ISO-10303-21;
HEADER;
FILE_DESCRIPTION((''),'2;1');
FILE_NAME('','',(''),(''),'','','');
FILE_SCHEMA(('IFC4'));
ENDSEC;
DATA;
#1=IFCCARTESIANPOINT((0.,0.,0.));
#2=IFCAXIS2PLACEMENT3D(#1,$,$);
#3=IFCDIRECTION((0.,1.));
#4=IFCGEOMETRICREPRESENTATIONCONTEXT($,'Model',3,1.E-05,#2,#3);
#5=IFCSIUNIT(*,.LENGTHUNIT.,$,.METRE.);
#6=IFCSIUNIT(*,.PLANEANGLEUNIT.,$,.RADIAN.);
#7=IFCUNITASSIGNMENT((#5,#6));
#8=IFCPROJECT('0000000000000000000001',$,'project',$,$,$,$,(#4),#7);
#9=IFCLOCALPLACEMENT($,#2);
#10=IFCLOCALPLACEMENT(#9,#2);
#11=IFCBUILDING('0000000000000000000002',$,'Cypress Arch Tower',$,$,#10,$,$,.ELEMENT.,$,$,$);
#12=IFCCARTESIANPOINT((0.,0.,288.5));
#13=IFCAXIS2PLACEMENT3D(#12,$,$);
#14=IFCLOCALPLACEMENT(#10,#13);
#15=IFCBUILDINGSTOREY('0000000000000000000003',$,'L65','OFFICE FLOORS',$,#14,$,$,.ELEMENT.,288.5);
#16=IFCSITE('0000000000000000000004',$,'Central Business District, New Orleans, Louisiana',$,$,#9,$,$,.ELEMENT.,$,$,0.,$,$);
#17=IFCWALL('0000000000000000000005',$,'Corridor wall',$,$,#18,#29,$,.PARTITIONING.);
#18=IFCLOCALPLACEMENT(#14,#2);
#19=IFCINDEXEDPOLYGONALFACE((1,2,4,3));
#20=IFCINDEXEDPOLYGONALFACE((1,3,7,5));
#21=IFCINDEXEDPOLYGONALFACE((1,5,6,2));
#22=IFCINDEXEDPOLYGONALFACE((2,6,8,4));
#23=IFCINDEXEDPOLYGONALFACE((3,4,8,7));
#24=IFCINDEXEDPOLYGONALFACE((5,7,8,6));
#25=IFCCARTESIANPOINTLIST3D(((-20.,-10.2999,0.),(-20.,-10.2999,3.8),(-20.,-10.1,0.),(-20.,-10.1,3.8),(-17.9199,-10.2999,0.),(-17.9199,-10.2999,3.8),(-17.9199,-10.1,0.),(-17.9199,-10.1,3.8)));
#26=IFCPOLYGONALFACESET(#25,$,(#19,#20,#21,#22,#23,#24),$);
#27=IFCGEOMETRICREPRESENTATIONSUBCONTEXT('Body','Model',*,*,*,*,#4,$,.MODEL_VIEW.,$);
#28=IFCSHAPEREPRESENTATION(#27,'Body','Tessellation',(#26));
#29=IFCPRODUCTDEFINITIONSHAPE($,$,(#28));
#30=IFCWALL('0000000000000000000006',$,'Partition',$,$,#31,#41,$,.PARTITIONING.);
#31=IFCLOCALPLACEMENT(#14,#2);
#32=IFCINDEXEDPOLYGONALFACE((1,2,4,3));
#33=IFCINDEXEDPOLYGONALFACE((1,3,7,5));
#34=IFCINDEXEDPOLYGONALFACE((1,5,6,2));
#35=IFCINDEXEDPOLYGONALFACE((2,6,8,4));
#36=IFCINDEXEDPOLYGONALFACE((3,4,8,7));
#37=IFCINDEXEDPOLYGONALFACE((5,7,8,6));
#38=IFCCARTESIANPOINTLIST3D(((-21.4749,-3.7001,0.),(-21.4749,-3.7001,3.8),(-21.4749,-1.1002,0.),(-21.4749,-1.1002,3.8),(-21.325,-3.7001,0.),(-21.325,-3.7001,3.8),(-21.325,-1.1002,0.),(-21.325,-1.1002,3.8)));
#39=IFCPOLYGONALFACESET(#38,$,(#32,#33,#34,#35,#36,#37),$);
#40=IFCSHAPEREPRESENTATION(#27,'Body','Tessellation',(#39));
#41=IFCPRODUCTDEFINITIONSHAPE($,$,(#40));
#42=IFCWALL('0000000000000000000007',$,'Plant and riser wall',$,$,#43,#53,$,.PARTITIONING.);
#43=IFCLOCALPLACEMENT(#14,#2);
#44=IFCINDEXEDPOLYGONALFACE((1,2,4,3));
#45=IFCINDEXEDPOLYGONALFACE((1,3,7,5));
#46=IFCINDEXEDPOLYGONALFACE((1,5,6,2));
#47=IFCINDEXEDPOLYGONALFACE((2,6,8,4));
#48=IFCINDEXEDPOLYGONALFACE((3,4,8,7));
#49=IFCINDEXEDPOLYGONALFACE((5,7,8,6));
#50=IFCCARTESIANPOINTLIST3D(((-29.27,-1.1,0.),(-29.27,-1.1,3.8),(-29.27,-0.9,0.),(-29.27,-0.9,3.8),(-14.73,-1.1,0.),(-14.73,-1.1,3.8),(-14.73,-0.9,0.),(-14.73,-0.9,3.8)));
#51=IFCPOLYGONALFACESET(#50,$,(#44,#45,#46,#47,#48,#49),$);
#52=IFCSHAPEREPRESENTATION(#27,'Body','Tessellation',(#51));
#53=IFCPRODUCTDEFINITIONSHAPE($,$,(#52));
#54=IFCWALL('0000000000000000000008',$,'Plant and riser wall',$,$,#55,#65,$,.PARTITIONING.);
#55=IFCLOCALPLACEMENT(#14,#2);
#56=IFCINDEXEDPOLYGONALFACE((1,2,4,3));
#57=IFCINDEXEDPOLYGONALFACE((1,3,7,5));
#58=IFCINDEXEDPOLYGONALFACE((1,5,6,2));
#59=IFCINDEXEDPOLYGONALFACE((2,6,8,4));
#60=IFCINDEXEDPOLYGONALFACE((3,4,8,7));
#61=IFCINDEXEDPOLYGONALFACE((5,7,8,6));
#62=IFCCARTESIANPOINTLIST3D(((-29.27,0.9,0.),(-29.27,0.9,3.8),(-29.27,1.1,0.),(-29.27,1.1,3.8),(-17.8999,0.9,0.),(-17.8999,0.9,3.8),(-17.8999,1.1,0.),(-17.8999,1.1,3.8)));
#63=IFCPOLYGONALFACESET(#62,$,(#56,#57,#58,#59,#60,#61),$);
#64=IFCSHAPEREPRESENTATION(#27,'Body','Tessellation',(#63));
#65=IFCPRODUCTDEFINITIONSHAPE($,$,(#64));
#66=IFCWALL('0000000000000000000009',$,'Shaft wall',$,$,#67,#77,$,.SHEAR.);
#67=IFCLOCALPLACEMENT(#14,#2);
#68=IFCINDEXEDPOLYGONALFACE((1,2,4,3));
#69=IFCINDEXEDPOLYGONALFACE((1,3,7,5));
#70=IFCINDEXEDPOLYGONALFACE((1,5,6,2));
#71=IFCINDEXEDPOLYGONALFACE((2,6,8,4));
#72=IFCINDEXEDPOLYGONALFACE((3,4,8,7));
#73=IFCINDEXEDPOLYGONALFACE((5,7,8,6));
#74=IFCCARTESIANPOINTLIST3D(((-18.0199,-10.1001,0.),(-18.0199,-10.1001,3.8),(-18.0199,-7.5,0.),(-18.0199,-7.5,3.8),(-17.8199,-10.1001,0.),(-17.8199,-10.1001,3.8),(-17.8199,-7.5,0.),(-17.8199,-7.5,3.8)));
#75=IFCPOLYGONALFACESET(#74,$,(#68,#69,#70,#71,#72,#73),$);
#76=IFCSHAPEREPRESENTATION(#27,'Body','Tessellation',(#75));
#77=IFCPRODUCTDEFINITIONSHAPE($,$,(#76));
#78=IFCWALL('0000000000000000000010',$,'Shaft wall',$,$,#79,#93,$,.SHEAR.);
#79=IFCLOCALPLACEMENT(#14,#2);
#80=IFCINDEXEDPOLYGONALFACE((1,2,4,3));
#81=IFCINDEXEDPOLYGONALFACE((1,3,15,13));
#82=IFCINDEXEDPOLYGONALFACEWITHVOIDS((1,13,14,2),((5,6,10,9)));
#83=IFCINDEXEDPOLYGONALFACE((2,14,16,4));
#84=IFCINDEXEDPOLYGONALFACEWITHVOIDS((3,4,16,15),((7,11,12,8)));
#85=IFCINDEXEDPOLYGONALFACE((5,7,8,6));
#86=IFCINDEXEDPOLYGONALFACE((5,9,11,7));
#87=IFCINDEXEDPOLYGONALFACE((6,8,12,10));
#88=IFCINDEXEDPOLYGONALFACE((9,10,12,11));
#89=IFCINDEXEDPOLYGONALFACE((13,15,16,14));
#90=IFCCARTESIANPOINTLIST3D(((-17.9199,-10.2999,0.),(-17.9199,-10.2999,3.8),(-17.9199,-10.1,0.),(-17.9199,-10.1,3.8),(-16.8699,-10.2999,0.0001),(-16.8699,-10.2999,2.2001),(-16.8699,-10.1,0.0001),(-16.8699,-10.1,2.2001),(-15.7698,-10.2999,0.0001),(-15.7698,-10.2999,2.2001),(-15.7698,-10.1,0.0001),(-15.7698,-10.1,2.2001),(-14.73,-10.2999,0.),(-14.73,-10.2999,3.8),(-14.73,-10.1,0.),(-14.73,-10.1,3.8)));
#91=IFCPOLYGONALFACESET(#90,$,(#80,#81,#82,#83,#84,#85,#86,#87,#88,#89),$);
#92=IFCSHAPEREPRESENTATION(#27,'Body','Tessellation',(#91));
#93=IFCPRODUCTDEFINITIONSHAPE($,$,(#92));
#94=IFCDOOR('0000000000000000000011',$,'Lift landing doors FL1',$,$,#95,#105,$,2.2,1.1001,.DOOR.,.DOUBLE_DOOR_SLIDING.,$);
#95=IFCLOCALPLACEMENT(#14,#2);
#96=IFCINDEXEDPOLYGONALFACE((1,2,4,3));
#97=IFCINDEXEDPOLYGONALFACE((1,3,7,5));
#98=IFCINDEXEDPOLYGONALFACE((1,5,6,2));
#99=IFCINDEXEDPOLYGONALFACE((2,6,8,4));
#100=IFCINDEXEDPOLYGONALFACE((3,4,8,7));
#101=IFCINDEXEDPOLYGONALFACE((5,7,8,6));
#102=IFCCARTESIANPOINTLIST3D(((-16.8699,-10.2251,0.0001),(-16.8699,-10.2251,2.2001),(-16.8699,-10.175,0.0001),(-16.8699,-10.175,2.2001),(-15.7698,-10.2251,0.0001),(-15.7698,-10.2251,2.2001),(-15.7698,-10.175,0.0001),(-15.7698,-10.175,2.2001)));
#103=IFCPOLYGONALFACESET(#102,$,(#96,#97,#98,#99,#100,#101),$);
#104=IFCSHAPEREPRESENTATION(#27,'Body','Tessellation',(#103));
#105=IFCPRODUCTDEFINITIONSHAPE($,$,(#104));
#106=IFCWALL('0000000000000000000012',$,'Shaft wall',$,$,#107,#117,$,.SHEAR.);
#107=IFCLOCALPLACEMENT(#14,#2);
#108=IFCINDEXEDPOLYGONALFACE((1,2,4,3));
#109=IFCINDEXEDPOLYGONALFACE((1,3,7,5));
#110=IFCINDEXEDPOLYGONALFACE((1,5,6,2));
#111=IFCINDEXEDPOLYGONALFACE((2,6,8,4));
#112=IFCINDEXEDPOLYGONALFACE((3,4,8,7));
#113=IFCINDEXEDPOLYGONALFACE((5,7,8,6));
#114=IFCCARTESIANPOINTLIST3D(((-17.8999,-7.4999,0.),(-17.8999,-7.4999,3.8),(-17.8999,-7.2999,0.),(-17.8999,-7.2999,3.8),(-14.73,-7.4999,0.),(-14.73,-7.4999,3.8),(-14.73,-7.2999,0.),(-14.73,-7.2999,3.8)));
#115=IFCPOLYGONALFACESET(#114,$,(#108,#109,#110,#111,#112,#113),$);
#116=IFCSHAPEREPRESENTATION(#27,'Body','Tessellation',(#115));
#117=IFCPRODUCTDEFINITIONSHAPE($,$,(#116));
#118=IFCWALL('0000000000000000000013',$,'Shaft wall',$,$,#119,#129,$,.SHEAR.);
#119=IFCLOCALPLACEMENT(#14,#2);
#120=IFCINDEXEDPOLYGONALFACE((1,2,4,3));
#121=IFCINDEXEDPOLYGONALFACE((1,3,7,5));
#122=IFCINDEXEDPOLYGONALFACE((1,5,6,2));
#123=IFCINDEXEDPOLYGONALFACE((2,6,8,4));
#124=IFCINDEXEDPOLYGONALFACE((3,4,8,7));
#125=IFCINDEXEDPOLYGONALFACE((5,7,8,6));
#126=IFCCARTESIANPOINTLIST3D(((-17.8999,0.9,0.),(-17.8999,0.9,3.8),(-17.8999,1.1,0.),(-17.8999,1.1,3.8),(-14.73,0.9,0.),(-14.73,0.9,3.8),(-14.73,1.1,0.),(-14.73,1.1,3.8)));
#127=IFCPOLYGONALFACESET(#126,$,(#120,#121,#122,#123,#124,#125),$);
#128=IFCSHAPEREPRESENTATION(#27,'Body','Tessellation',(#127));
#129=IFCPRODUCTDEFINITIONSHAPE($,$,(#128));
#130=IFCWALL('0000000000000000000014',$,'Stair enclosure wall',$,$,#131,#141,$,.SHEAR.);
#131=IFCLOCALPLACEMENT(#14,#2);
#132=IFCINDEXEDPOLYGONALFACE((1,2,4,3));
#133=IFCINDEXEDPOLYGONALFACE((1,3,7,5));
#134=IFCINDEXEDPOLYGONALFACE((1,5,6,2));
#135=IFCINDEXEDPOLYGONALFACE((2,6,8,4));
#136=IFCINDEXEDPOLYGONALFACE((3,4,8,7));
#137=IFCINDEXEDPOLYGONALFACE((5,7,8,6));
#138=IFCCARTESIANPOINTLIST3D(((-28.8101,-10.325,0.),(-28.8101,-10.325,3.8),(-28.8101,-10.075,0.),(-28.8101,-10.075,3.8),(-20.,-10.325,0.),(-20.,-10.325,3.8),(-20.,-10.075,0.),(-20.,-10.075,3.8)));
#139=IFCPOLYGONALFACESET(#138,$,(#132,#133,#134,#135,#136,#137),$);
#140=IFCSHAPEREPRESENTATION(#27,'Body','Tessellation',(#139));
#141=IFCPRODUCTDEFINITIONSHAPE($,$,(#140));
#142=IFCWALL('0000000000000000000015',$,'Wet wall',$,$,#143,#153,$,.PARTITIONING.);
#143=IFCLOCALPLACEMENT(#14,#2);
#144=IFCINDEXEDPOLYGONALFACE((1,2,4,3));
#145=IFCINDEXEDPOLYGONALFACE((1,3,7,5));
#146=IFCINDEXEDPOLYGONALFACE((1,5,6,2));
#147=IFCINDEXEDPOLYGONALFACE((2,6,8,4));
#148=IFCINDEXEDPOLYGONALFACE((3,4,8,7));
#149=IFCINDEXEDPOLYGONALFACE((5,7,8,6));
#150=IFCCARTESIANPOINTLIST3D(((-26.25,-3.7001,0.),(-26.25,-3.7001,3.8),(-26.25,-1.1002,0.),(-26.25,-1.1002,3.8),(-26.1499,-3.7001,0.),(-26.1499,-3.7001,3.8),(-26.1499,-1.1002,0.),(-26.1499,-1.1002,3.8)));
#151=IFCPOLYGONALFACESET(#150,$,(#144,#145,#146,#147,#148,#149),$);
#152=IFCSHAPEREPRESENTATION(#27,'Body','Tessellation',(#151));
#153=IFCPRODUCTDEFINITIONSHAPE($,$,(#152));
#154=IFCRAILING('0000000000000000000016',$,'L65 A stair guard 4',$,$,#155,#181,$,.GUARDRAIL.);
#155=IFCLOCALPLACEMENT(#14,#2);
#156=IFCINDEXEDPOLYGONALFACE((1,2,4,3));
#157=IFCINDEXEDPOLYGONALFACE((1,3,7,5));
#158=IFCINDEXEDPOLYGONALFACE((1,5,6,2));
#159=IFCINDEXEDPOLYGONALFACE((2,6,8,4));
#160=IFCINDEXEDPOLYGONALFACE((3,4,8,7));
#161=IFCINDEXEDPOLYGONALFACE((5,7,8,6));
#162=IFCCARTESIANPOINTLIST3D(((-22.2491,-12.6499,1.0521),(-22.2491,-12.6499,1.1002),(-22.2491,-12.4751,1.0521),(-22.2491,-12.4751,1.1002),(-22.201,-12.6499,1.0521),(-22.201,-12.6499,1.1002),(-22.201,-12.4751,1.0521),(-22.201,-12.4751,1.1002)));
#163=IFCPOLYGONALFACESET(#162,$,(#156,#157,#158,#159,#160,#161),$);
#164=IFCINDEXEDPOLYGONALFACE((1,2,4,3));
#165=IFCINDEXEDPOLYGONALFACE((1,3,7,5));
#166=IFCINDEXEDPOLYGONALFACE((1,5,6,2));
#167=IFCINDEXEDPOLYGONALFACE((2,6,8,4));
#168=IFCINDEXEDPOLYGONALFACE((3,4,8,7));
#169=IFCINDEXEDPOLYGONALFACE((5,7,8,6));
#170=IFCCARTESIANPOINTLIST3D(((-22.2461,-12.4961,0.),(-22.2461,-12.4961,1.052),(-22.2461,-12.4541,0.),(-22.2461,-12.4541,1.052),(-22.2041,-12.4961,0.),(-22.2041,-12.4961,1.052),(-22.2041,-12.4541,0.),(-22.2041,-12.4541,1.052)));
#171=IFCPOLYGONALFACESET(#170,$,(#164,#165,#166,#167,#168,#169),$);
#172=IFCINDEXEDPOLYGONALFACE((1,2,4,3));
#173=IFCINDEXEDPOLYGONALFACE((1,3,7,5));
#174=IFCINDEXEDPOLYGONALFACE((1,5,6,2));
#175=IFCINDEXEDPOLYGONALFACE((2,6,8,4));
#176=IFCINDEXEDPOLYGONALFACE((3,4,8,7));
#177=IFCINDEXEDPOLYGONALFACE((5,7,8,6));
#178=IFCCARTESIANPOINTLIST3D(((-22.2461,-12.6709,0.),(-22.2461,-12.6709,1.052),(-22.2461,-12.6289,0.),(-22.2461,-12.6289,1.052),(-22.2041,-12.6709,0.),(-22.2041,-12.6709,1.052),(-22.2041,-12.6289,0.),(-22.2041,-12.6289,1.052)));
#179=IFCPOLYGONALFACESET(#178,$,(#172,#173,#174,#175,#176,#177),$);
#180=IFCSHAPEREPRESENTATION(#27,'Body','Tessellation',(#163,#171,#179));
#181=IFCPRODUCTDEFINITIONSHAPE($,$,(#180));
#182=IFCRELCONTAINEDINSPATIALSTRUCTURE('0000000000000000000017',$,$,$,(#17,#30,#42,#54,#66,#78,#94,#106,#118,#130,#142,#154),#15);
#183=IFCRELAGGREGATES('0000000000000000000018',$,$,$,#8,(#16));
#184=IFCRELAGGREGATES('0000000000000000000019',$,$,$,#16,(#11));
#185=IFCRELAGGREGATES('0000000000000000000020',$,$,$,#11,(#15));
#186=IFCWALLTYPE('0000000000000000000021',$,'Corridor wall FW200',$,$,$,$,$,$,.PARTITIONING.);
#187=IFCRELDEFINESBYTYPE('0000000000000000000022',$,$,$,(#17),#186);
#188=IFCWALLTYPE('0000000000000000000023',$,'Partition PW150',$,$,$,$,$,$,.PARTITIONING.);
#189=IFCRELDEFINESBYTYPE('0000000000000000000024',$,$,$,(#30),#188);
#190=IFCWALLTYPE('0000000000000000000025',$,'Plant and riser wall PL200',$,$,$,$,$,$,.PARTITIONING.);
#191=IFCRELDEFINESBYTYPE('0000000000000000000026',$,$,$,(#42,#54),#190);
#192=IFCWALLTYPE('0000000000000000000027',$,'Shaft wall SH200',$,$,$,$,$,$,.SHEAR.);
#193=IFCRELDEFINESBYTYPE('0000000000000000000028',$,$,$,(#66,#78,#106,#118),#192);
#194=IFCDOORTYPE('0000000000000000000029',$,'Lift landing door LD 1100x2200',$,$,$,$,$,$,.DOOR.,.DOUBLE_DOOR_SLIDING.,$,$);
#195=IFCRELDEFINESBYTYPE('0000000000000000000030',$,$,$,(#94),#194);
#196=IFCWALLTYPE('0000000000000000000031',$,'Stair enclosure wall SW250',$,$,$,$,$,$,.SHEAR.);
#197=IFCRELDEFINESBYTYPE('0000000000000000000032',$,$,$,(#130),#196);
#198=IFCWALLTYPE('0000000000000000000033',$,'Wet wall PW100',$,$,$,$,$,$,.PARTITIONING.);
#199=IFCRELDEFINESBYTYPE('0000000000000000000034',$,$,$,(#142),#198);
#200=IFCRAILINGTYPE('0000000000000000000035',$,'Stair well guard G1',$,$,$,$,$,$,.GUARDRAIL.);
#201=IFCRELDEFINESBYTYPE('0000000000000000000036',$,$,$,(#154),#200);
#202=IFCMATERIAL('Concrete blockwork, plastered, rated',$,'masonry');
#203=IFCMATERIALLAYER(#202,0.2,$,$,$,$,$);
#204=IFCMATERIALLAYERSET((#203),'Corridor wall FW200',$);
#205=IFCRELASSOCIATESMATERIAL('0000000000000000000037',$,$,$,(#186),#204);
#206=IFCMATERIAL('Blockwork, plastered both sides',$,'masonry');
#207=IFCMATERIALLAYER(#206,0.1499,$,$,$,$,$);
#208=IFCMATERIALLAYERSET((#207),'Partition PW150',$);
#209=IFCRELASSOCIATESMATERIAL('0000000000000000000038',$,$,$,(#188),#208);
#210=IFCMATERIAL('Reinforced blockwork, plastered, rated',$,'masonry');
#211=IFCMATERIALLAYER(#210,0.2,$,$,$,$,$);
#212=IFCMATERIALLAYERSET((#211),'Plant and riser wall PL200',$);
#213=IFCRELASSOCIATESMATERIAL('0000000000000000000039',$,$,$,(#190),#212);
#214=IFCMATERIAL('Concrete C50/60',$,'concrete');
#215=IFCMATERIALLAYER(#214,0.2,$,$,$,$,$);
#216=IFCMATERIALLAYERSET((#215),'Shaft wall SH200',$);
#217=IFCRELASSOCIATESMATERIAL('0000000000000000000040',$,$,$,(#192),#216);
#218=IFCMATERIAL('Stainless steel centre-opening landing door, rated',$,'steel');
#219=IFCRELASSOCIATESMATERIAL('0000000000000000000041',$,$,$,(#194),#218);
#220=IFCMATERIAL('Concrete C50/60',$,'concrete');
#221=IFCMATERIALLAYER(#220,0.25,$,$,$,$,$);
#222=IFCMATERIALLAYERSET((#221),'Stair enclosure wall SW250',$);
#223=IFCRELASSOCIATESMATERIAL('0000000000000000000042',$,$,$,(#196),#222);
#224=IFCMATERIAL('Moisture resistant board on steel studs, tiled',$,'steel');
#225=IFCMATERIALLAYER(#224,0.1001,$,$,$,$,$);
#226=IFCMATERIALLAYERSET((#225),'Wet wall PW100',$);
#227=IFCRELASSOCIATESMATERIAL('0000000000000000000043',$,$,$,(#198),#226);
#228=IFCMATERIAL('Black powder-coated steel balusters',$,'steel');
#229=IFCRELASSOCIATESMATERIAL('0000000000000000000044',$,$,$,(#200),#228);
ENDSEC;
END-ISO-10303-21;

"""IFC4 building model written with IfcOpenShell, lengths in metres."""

from ifc_helpers import new_model, si_unit, direction, frame, frame_2d, origin, origin_2d, place, context, subcontext, project, spatial, rectangle, extrude, material, layer, layer_set, type_object, element, fill, save


model = new_model("IFC4")

# Units and contexts
model_context = context("Model", 3, precision=1e-05, world=origin(), true_north=direction((0.0, 1.0)))
body_context = subcontext(model_context, "Body", "Model", "MODEL_VIEW")
ifc_project = project(units=[si_unit("LENGTHUNIT", "METRE"), si_unit("PLANEANGLEUNIT", "RADIAN")], contexts=[model_context])

# Site, building, storey
site_placement = place(None, origin())
site = spatial("IfcSite", under=ifc_project, at=site_placement, Name="Central Business District, New Orleans, Louisiana", CompositionType="ELEMENT", RefElevation=0.0)
building_placement = place(site_placement, origin())
building = spatial("IfcBuilding", under=site, at=building_placement, Name="Cypress Arch Tower", CompositionType="ELEMENT")
storey_placement = place(building_placement, frame((0.0, 0.0, 288.5)))
storey = spatial("IfcBuildingStorey", under=building, at=storey_placement, Name="L65", Description="OFFICE FLOORS", CompositionType="ELEMENT", Elevation=288.5)

# Shared definitions
ifc_material_1 = material(Name="Concrete blockwork, plastered, rated", Category="masonry")
ifc_layer_1 = layer(ifc_material_1, 0.2)
ifc_layer_set_1 = layer_set([ifc_layer_1], Name="Corridor wall FW200")
wall_type_1 = type_object("IfcWallType", Name="Corridor wall FW200", PredefinedType="PARTITIONING", material=ifc_layer_set_1)

# Walls
wall_1_placement = place(storey_placement, frame((-20.0, -10.2, 0.0), z_axis=(0.0, 0.0, 1.0), x_axis=(1.0, 0.0, 0.0)))
element("IfcWall", 1, at=wall_1_placement, inside=storey, type_object=wall_type_1, Name="Corridor wall", PredefinedType="PARTITIONING", context=body_context, shape_type="SweptSolid", body=[
    extrude(rectangle(XDim=2.0801, YDim=0.2, at=frame_2d((1.04, 0.0))), origin(), (0.0, 0.0, 1.0), 3.8),
])
ifc_material_2 = material(Name="Blockwork, plastered both sides", Category="masonry")
ifc_layer_2 = layer(ifc_material_2, 0.1499)
ifc_layer_set_2 = layer_set([ifc_layer_2], Name="Partition PW150")
wall_type_2 = type_object("IfcWallType", Name="Partition PW150", PredefinedType="PARTITIONING", material=ifc_layer_set_2)
wall_2_placement = place(storey_placement, frame((-21.3999, -3.7, 0.0), z_axis=(0.0, 0.0, 1.0), x_axis=(0.0, 1.0, 0.0)))
element("IfcWall", 2, at=wall_2_placement, inside=storey, type_object=wall_type_2, Name="Partition", PredefinedType="PARTITIONING", context=body_context, shape_type="SweptSolid", body=[
    extrude(rectangle(XDim=2.5999, YDim=0.1499, at=frame_2d((1.2998, 0.0))), origin(), (0.0, 0.0, 1.0), 3.8),
])
ifc_material_3 = material(Name="Reinforced blockwork, plastered, rated", Category="masonry")
ifc_layer_3 = layer(ifc_material_3, 0.2)
ifc_layer_set_3 = layer_set([ifc_layer_3], Name="Plant and riser wall PL200")
wall_type_3 = type_object("IfcWallType", Name="Plant and riser wall PL200", PredefinedType="PARTITIONING", material=ifc_layer_set_3)
wall_3_placement = place(storey_placement, frame((-29.27, -1.0, 0.0), z_axis=(0.0, 0.0, 1.0), x_axis=(1.0, 0.0, 0.0)))
element("IfcWall", 3, at=wall_3_placement, inside=storey, type_object=wall_type_3, Name="Plant and riser wall", PredefinedType="PARTITIONING", context=body_context, shape_type="SweptSolid", body=[
    extrude(rectangle(XDim=14.54, YDim=0.2, at=frame_2d((7.27, 0.0))), origin(), (0.0, 0.0, 1.0), 3.8),
])
wall_4_placement = place(storey_placement, frame((-29.27, 1.0, 0.0), z_axis=(0.0, 0.0, 1.0), x_axis=(1.0, 0.0, 0.0)))
element("IfcWall", 4, at=wall_4_placement, inside=storey, type_object=wall_type_3, Name="Plant and riser wall", PredefinedType="PARTITIONING", context=body_context, shape_type="SweptSolid", body=[
    extrude(rectangle(XDim=11.3701, YDim=0.2, at=frame_2d((5.6851, 0.0))), origin(), (0.0, 0.0, 1.0), 3.8),
])
ifc_material_4 = material(Name="Concrete C50/60", Category="concrete")
ifc_layer_4 = layer(ifc_material_4, 0.2)
ifc_layer_set_4 = layer_set([ifc_layer_4], Name="Shaft wall SH200")
wall_type_4 = type_object("IfcWallType", Name="Shaft wall SH200", PredefinedType="SHEAR", material=ifc_layer_set_4)
wall_5_placement = place(storey_placement, frame((-17.9199, -10.1001, 0.0), z_axis=(0.0, 0.0, 1.0), x_axis=(0.0, 1.0, 0.0)))
element("IfcWall", 5, at=wall_5_placement, inside=storey, type_object=wall_type_4, Name="Shaft wall", PredefinedType="SHEAR", context=body_context, shape_type="SweptSolid", body=[
    extrude(rectangle(XDim=2.6001, YDim=0.2, at=frame_2d((1.3, 0.0))), origin(), (0.0, 0.0, 1.0), 3.8),
])

# Wall, opening, door
wall_6_placement = place(storey_placement, frame((-17.9199, -10.2, 0.0), z_axis=(0.0, 0.0, 1.0), x_axis=(1.0, 0.0, 0.0)))
wall_6 = element("IfcWall", 6, at=wall_6_placement, inside=storey, type_object=wall_type_4, Name="Shaft wall", PredefinedType="SHEAR", context=body_context, shape_type="SweptSolid", body=[
    extrude(rectangle(XDim=3.1899, YDim=0.2, at=frame_2d((1.595, 0.0))), origin(), (0.0, 0.0, 1.0), 3.8),
])
opening_1_placement = place(wall_6_placement, frame((1.05, 0.0, 0.0)))
opening_1 = element("IfcOpeningElement", 7, at=opening_1_placement, cuts=wall_6, PredefinedType="OPENING", context=body_context, shape_type="SweptSolid", body=[
    extrude(rectangle(XDim=1.1001, YDim=2.2, at=frame_2d((0.55, 1.1001))), frame((0.0, 0.1099, 0.0), z_axis=(0.0, -1.0, 0.0), x_axis=(1.0, 0.0, 0.0)), (0.0, 0.0, 1.0), 0.22),
])
ifc_material_5 = material(Name="Stainless steel centre-opening landing door, rated", Category="steel")
door_type_1 = type_object("IfcDoorType", Name="Lift landing door LD 1100x2200", OperationType="DOUBLE_DOOR_SLIDING", PredefinedType="DOOR", material=ifc_material_5)
door_1_placement = place(opening_1_placement, origin())
door_1 = element("IfcDoor", 8, at=door_1_placement, inside=storey, type_object=door_type_1, Name="Lift landing doors FL1", OperationType="DOUBLE_DOOR_SLIDING", OverallHeight=2.2, OverallWidth=1.1001, PredefinedType="DOOR", context=body_context, shape_type="SweptSolid", body=[
    extrude(rectangle(XDim=1.1001, YDim=2.2, at=frame_2d((0.55, 1.1001))), frame((0.0, 0.0249, 0.0), z_axis=(0.0, -1.0, 0.0), x_axis=(1.0, 0.0, 0.0)), (0.0, 0.0, 1.0), 0.05),
])
fill(opening_1, door_1)

# Walls
for number, where, z_axis, x_axis, name in (
    (9, (-17.8999, -7.3999, 0.0), (0.0, 0.0, 1.0), (1.0, 0.0, 0.0), "Shaft wall"),
    (10, (-17.8999, 1.0, 0.0), (0.0, 0.0, 1.0), (1.0, 0.0, 0.0), "Shaft wall"),
):
    element("IfcWall", number, at=place(storey_placement, frame(where, z_axis=z_axis, x_axis=x_axis)), inside=storey, type_object=wall_type_4, Name=name, PredefinedType="SHEAR", context=body_context, shape_type="SweptSolid", body=[
        extrude(rectangle(XDim=3.1699, YDim=0.2, at=frame_2d((1.585, 0.0))), origin(), (0.0, 0.0, 1.0), 3.8),
    ])
ifc_material_6 = material(Name="Concrete C50/60", Category="concrete")
ifc_layer_5 = layer(ifc_material_6, 0.25)
ifc_layer_set_5 = layer_set([ifc_layer_5], Name="Stair enclosure wall SW250")
wall_type_5 = type_object("IfcWallType", Name="Stair enclosure wall SW250", PredefinedType="SHEAR", material=ifc_layer_set_5)
wall_7_placement = place(storey_placement, frame((-28.8101, -10.2, 0.0), z_axis=(0.0, 0.0, 1.0), x_axis=(1.0, 0.0, 0.0)))
element("IfcWall", 11, at=wall_7_placement, inside=storey, type_object=wall_type_5, Name="Stair enclosure wall", PredefinedType="SHEAR", context=body_context, shape_type="SweptSolid", body=[
    extrude(rectangle(XDim=8.8101, YDim=0.25, at=frame_2d((4.405, 0.0))), origin(), (0.0, 0.0, 1.0), 3.8),
])
ifc_material_7 = material(Name="Moisture resistant board on steel studs, tiled", Category="steel")
ifc_layer_6 = layer(ifc_material_7, 0.1001)
ifc_layer_set_6 = layer_set([ifc_layer_6], Name="Wet wall PW100")
wall_type_6 = type_object("IfcWallType", Name="Wet wall PW100", PredefinedType="PARTITIONING", material=ifc_layer_set_6)
wall_8_placement = place(storey_placement, frame((-26.2, -3.7, 0.0), z_axis=(0.0, 0.0, 1.0), x_axis=(0.0, 1.0, 0.0)))
element("IfcWall", 12, at=wall_8_placement, inside=storey, type_object=wall_type_6, Name="Wet wall", PredefinedType="PARTITIONING", context=body_context, shape_type="SweptSolid", body=[
    extrude(rectangle(XDim=2.5999, YDim=0.1001, at=frame_2d((1.2998, 0.0))), origin(), (0.0, 0.0, 1.0), 3.8),
])

# Railing
ifc_material_8 = material(Name="Black powder-coated steel balusters", Category="steel")
railing_type = type_object("IfcRailingType", Name="Stair well guard G1", PredefinedType="GUARDRAIL", material=ifc_material_8)
railing_placement = place(storey_placement, frame((-22.2251, -12.4751, 0.0)))
element("IfcRailing", 13, at=railing_placement, inside=storey, type_object=railing_type, Name="L65 A stair guard 4", PredefinedType="GUARDRAIL", context=body_context, shape_type="SweptSolid", body=[
    extrude(rectangle(XDim=0.0481, YDim=0.0481, at=origin_2d()), frame((0.0, 0.0, 1.0762), z_axis=(0.0, -1.0, 0.0), x_axis=(1.0, 0.0, 0.0)), (0.0, 0.0, 1.0), 0.1748),
    extrude(rectangle(XDim=0.042, YDim=0.042, at=origin_2d()), origin(), (0.0, 0.0, 1.0), 1.052),
    extrude(rectangle(XDim=0.042, YDim=0.042, at=origin_2d()), frame((0.0, -0.1748, 0.0)), (0.0, 0.0, 1.0), 1.052),
])

save(model, "model.ifc")
